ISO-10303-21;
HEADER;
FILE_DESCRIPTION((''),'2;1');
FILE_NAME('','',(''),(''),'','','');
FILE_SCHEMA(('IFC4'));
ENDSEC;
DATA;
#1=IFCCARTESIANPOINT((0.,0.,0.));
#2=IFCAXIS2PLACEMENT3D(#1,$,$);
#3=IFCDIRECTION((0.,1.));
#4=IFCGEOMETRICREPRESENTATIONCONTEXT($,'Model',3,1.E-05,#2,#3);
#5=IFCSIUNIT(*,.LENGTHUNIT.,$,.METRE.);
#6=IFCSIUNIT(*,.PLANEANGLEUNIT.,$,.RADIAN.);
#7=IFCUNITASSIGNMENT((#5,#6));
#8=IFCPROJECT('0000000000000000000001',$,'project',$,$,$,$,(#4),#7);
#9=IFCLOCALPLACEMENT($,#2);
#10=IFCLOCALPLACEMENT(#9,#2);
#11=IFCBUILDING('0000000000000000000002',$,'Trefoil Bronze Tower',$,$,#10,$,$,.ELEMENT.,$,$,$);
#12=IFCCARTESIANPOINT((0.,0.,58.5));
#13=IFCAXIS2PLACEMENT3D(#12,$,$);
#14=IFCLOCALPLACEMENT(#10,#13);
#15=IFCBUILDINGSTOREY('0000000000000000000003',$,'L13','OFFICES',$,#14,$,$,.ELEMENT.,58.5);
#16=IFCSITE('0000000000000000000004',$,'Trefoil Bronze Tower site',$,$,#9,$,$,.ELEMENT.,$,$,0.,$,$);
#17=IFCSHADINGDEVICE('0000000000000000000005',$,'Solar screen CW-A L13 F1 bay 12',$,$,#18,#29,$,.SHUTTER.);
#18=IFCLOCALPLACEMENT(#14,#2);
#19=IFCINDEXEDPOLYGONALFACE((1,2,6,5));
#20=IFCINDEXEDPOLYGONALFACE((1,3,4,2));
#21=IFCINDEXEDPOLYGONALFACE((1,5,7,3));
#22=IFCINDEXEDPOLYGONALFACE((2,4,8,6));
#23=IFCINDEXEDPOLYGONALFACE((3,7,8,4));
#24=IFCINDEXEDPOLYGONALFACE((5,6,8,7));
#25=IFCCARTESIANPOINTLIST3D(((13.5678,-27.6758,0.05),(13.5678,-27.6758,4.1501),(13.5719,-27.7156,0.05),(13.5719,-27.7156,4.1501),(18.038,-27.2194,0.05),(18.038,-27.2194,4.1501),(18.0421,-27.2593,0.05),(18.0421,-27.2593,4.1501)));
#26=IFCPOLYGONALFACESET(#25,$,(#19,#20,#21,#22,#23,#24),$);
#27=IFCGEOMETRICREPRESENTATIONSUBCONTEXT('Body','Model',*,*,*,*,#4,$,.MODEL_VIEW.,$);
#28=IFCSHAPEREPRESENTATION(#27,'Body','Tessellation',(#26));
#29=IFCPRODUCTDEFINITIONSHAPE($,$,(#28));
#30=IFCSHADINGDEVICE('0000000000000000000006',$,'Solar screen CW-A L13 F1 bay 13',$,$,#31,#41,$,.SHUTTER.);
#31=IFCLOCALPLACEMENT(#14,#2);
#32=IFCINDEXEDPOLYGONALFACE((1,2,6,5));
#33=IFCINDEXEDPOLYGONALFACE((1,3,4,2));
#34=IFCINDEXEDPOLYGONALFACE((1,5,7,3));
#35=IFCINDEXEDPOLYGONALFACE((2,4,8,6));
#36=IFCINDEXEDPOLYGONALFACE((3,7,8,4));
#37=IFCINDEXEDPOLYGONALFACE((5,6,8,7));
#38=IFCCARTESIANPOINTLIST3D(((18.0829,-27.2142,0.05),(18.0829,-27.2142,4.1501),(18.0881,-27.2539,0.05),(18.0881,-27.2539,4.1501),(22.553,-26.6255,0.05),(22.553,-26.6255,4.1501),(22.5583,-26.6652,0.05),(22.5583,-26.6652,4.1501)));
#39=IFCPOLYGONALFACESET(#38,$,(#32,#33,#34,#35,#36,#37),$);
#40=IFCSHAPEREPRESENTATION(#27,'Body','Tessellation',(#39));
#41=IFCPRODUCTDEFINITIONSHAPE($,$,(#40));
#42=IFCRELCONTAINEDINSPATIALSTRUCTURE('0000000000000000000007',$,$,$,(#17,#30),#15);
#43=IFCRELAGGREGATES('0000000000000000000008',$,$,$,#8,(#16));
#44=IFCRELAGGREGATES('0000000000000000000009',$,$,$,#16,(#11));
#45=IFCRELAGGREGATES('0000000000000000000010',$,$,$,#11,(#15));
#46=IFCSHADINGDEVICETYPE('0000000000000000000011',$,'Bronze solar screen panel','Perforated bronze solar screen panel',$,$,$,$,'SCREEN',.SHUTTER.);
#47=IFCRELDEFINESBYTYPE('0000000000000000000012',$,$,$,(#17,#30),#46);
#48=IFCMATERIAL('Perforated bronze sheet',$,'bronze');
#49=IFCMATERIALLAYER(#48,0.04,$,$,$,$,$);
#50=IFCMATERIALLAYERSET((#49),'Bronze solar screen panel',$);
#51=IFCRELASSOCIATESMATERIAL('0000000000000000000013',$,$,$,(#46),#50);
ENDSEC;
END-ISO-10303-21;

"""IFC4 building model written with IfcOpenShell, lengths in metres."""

from ifc_helpers import new_model, si_unit, direction, frame, origin, origin_2d, place, context, subcontext, project, spatial, rectangle, extrude, material, layer, layer_set, type_object, element, save


model = new_model("IFC4")

# Units and contexts
model_context = context("Model", 3, precision=1e-05, world=origin(), true_north=direction((0.0, 1.0)))
body_context = subcontext(model_context, "Body", "Model", "MODEL_VIEW")
ifc_project = project(units=[si_unit("LENGTHUNIT", "METRE"), si_unit("PLANEANGLEUNIT", "RADIAN")], contexts=[model_context])

# Site, building, storey
site_placement = place(None, origin())
site = spatial("IfcSite", under=ifc_project, at=site_placement, Name="Trefoil Bronze Tower site", CompositionType="ELEMENT", RefElevation=0.0)
building_placement = place(site_placement, origin())
building = spatial("IfcBuilding", under=site, at=building_placement, Name="Trefoil Bronze Tower", CompositionType="ELEMENT")
storey_placement = place(building_placement, frame((0.0, 0.0, 58.5)))
storey = spatial("IfcBuildingStorey", under=building, at=storey_placement, Name="L13", Description="OFFICES", CompositionType="ELEMENT", Elevation=58.5)

# Shading devices
ifc_material_1 = material(Name="Perforated bronze sheet", Category="bronze")
ifc_layer_1 = layer(ifc_material_1, 0.04)
ifc_layer_set_1 = layer_set([ifc_layer_1], Name="Bronze solar screen panel")
shading_device_type = type_object("IfcShadingDeviceType", Name="Bronze solar screen panel", Description="Perforated bronze solar screen panel", ElementType="SCREEN", PredefinedType="SHUTTER", material=ifc_layer_set_1)
shading_device_1_placement = place(storey_placement, frame((15.8049, -27.4675, 0.05), z_axis=(0.0, 0.0, 1.0), x_axis=(0.994829, 0.101565, 0.0)))
element("IfcShadingDevice", 1, at=shading_device_1_placement, inside=storey, type_object=shading_device_type, Name="Solar screen CW-A L13 F1 bay 12", PredefinedType="SHUTTER", context=body_context, shape_type="SweptSolid", body=[
    extrude(rectangle(XDim=4.4934, YDim=0.04, at=origin_2d()), origin(), (0.0, 0.0, 1.0), 4.1001),
])
shading_device_2_placement = place(storey_placement, frame((20.3206, -26.9397, 0.05), z_axis=(0.0, 0.0, 1.0), x_axis=(0.991437, 0.130584, 0.0)))
element("IfcShadingDevice", 2, at=shading_device_2_placement, inside=storey, type_object=shading_device_type, Name="Solar screen CW-A L13 F1 bay 13", PredefinedType="SHUTTER", context=body_context, shape_type="SweptSolid", body=[
    extrude(rectangle(XDim=4.5088, YDim=0.04, at=origin_2d()), origin(), (0.0, 0.0, 1.0), 4.1001),
])

save(model, "model.ifc")
